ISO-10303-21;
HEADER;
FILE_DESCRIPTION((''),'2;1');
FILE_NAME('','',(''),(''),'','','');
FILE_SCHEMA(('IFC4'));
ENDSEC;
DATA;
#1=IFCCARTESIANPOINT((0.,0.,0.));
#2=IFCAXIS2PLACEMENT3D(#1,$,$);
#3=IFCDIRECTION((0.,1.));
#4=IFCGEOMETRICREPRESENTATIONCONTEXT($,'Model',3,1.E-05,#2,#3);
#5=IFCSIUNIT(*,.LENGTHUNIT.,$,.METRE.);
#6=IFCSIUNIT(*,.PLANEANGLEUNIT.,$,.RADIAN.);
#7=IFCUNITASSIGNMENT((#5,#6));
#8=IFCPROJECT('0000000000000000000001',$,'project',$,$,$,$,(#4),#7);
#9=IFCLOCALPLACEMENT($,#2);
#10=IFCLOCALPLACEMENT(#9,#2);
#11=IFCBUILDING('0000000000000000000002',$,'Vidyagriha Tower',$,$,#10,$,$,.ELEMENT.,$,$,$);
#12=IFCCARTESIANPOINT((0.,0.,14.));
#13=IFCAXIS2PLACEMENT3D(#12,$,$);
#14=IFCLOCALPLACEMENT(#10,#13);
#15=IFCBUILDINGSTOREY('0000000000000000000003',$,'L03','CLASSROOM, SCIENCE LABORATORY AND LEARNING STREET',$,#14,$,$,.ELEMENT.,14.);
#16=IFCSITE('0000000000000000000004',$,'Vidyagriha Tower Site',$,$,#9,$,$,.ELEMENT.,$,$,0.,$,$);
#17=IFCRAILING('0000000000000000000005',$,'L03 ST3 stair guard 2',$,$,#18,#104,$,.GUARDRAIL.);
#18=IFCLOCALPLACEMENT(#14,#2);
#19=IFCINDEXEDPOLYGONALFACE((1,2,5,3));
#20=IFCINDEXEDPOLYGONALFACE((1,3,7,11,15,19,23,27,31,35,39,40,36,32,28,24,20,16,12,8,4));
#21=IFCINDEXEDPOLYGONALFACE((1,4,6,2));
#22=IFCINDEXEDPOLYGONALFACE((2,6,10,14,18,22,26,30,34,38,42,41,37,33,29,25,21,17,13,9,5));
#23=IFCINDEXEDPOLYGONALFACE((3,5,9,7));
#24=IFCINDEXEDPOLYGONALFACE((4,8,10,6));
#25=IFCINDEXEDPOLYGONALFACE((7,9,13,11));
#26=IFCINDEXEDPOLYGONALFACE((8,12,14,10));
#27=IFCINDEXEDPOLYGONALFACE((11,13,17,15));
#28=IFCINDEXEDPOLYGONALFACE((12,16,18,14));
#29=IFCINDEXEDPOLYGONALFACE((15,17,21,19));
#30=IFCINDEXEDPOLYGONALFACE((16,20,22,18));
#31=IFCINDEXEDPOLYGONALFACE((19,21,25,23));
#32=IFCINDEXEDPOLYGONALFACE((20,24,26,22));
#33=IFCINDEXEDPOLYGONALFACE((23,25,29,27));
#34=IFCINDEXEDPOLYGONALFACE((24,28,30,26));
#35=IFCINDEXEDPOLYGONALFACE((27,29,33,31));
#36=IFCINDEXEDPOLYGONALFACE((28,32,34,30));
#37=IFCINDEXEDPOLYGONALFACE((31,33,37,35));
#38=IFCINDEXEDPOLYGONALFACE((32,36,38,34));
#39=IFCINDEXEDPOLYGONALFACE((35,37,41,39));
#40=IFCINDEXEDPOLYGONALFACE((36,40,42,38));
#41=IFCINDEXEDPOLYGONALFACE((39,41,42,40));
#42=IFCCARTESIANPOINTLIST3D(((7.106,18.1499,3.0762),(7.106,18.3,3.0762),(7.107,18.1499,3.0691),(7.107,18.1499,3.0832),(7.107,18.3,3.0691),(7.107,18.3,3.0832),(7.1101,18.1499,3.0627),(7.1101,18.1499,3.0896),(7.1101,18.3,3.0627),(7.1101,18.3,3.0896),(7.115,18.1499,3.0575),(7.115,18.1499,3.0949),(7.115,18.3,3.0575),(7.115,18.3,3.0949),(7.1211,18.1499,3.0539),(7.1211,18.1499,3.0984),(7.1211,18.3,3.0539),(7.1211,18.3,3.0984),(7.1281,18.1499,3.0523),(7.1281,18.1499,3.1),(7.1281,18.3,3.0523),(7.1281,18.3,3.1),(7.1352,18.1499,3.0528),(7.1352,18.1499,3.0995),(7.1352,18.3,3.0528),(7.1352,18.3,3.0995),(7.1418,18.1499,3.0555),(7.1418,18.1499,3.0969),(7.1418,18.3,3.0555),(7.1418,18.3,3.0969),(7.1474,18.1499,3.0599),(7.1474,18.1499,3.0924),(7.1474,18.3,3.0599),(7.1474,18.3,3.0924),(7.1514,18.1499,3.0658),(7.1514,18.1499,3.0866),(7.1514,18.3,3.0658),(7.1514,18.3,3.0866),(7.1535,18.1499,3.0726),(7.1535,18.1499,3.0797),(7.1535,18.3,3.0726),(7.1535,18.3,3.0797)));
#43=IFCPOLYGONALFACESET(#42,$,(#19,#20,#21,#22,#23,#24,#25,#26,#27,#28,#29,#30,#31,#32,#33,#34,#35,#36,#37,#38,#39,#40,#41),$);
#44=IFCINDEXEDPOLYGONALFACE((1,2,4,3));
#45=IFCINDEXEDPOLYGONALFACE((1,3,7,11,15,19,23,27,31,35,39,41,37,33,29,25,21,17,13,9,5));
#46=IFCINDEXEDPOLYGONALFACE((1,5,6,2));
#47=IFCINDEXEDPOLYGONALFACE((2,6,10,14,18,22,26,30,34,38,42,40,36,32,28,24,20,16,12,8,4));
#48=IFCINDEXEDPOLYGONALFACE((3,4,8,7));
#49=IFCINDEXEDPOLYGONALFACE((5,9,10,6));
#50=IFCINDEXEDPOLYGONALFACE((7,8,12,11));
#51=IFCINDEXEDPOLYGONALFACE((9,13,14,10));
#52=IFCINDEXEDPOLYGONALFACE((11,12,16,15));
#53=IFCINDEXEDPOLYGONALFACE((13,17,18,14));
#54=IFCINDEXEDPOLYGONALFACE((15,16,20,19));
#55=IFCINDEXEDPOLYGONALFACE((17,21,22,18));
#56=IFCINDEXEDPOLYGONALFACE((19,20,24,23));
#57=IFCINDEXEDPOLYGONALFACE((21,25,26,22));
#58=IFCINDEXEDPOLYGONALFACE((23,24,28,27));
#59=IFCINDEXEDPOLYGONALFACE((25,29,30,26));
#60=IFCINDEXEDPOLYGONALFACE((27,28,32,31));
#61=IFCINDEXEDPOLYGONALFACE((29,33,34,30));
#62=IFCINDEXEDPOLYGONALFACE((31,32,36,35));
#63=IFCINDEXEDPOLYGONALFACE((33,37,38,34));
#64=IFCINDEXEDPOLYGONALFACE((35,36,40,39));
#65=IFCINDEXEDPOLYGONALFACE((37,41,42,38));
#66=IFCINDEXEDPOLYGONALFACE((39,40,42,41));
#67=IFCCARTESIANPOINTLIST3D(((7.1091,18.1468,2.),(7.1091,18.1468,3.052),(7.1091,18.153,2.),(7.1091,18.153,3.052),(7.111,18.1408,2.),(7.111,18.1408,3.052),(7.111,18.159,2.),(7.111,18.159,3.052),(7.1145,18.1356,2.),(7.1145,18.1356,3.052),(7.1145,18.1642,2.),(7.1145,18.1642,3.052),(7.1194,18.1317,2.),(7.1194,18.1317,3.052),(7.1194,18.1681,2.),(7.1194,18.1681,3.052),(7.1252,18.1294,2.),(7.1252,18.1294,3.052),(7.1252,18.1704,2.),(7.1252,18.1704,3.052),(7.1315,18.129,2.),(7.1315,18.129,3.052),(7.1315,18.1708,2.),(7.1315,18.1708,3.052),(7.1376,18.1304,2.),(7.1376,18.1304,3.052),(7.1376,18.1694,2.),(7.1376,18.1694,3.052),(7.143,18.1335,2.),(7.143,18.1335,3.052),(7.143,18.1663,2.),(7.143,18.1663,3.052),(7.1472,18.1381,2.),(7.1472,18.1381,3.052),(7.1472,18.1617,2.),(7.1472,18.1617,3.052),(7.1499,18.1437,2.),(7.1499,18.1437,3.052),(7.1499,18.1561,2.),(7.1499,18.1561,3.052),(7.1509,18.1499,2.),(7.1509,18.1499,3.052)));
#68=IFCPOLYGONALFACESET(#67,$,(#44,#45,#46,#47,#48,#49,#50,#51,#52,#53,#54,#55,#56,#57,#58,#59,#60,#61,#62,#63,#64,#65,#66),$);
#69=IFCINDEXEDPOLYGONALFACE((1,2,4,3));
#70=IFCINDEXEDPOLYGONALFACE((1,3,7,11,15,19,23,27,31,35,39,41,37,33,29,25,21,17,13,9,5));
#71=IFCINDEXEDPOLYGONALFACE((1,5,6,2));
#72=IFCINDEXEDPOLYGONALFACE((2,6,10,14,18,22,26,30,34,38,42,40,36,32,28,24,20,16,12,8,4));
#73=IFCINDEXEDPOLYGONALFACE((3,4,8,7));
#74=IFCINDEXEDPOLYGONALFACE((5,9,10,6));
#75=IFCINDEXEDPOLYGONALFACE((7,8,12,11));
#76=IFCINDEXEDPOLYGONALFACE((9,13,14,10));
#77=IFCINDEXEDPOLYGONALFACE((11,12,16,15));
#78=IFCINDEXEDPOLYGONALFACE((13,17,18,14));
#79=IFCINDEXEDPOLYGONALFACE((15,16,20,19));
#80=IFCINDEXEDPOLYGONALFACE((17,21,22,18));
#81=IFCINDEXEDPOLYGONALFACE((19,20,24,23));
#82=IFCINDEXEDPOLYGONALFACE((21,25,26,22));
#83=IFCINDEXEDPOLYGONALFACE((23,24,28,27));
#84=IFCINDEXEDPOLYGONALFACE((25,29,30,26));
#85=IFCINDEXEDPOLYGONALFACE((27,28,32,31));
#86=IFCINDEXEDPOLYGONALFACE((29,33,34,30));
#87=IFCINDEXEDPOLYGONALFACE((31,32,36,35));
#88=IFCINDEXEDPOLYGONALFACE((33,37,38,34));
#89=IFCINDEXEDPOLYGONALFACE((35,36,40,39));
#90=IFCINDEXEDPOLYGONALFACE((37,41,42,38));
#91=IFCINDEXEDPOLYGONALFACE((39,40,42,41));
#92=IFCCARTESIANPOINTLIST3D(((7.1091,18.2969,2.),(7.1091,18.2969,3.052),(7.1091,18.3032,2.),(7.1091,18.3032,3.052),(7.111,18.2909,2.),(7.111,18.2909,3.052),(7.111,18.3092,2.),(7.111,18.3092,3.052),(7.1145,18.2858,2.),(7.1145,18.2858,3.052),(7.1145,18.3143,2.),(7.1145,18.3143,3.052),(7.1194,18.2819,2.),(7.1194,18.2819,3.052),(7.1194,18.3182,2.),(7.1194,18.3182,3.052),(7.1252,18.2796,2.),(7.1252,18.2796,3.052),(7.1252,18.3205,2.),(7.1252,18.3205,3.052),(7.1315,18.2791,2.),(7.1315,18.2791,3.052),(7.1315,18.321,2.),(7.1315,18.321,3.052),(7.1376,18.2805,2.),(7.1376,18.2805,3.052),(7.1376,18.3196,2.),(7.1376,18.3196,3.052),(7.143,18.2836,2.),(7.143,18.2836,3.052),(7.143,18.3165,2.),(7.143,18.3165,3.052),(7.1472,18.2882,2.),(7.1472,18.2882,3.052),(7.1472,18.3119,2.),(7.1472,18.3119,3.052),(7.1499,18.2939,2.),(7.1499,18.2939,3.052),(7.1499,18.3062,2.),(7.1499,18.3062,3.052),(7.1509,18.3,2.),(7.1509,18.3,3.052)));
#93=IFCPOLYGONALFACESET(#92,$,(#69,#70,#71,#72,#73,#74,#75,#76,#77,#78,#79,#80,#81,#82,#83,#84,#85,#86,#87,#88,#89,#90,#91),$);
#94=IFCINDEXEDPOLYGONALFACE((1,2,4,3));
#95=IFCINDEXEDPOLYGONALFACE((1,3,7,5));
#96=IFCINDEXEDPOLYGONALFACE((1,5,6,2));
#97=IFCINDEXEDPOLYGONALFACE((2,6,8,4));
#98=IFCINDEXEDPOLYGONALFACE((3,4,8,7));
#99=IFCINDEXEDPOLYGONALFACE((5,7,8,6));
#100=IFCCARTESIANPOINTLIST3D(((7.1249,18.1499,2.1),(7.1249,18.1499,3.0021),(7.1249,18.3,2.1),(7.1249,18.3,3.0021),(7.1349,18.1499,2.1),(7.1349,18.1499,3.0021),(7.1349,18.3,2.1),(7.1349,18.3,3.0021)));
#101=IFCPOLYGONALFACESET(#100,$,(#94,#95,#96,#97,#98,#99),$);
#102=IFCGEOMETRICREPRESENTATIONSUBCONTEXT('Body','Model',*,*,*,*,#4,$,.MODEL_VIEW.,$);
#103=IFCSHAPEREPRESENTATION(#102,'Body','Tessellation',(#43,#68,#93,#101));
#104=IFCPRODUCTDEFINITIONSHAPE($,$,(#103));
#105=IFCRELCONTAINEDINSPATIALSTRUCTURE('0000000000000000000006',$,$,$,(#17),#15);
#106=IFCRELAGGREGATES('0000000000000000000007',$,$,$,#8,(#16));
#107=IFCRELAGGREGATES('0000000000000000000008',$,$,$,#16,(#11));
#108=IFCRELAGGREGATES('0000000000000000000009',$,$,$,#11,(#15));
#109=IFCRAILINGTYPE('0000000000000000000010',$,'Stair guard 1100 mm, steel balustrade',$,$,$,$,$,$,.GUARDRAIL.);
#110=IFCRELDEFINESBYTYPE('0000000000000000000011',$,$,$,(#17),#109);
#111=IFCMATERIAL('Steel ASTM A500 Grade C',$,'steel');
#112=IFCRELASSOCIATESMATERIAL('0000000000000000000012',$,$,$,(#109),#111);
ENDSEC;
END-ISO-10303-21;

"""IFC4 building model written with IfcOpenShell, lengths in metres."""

from ifc_helpers import new_model, si_unit, direction, frame, origin, origin_2d, place, context, subcontext, project, spatial, rectangle, circle, extrude, material, type_object, element, save


model = new_model("IFC4")

# Units and contexts
model_context = context("Model", 3, precision=1e-05, world=origin(), true_north=direction((0.0, 1.0)))
body_context = subcontext(model_context, "Body", "Model", "MODEL_VIEW")
ifc_project = project(units=[si_unit("LENGTHUNIT", "METRE"), si_unit("PLANEANGLEUNIT", "RADIAN")], contexts=[model_context])

# Site, building, storey
site_placement = place(None, origin())
site = spatial("IfcSite", under=ifc_project, at=site_placement, Name="Vidyagriha Tower Site", CompositionType="ELEMENT", RefElevation=0.0)
building_placement = place(site_placement, origin())
building = spatial("IfcBuilding", under=site, at=building_placement, Name="Vidyagriha Tower", CompositionType="ELEMENT")
storey_placement = place(building_placement, frame((0.0, 0.0, 14.0)))
storey = spatial("IfcBuildingStorey", under=building, at=storey_placement, Name="L03", Description="CLASSROOM, SCIENCE LABORATORY AND LEARNING STREET", CompositionType="ELEMENT", Elevation=14.0)

# Railing
ifc_material_1 = material(Name="Steel ASTM A500 Grade C", Category="steel")
railing_type_1 = type_object("IfcRailingType", Name="Stair guard 1100 mm, steel balustrade", PredefinedType="GUARDRAIL", material=ifc_material_1)
railing_1_placement = place(storey_placement, frame((7.1299, 18.1499, 2.0)))
element("IfcRailing", 1, at=railing_1_placement, inside=storey, type_object=railing_type_1, Name="L03 ST3 stair guard 2", PredefinedType="GUARDRAIL", context=body_context, shape_type="SweptSolid", body=[
    extrude(circle(Radius=0.0239, at=origin_2d()), frame((0.0, 0.0, 1.0762), z_axis=(0.0, 1.0, 0.0), x_axis=(-1.0, 0.0, 0.0)), (0.0, 0.0, 1.0), 0.1501),
    extrude(circle(Radius=0.021, at=origin_2d()), origin(), (0.0, 0.0, 1.0), 1.052),
    extrude(circle(Radius=0.021, at=origin_2d()), frame((0.0, 0.1501, 0.0)), (0.0, 0.0, 1.0), 1.052),
    extrude(rectangle(XDim=0.01, YDim=0.9021, at=origin_2d()), frame((0.0, 0.0, 0.551), z_axis=(0.0, 1.0, 0.0), x_axis=(-1.0, 0.0, 0.0)), (0.0, 0.0, 1.0), 0.1501),
])

save(model, "model.ifc")
